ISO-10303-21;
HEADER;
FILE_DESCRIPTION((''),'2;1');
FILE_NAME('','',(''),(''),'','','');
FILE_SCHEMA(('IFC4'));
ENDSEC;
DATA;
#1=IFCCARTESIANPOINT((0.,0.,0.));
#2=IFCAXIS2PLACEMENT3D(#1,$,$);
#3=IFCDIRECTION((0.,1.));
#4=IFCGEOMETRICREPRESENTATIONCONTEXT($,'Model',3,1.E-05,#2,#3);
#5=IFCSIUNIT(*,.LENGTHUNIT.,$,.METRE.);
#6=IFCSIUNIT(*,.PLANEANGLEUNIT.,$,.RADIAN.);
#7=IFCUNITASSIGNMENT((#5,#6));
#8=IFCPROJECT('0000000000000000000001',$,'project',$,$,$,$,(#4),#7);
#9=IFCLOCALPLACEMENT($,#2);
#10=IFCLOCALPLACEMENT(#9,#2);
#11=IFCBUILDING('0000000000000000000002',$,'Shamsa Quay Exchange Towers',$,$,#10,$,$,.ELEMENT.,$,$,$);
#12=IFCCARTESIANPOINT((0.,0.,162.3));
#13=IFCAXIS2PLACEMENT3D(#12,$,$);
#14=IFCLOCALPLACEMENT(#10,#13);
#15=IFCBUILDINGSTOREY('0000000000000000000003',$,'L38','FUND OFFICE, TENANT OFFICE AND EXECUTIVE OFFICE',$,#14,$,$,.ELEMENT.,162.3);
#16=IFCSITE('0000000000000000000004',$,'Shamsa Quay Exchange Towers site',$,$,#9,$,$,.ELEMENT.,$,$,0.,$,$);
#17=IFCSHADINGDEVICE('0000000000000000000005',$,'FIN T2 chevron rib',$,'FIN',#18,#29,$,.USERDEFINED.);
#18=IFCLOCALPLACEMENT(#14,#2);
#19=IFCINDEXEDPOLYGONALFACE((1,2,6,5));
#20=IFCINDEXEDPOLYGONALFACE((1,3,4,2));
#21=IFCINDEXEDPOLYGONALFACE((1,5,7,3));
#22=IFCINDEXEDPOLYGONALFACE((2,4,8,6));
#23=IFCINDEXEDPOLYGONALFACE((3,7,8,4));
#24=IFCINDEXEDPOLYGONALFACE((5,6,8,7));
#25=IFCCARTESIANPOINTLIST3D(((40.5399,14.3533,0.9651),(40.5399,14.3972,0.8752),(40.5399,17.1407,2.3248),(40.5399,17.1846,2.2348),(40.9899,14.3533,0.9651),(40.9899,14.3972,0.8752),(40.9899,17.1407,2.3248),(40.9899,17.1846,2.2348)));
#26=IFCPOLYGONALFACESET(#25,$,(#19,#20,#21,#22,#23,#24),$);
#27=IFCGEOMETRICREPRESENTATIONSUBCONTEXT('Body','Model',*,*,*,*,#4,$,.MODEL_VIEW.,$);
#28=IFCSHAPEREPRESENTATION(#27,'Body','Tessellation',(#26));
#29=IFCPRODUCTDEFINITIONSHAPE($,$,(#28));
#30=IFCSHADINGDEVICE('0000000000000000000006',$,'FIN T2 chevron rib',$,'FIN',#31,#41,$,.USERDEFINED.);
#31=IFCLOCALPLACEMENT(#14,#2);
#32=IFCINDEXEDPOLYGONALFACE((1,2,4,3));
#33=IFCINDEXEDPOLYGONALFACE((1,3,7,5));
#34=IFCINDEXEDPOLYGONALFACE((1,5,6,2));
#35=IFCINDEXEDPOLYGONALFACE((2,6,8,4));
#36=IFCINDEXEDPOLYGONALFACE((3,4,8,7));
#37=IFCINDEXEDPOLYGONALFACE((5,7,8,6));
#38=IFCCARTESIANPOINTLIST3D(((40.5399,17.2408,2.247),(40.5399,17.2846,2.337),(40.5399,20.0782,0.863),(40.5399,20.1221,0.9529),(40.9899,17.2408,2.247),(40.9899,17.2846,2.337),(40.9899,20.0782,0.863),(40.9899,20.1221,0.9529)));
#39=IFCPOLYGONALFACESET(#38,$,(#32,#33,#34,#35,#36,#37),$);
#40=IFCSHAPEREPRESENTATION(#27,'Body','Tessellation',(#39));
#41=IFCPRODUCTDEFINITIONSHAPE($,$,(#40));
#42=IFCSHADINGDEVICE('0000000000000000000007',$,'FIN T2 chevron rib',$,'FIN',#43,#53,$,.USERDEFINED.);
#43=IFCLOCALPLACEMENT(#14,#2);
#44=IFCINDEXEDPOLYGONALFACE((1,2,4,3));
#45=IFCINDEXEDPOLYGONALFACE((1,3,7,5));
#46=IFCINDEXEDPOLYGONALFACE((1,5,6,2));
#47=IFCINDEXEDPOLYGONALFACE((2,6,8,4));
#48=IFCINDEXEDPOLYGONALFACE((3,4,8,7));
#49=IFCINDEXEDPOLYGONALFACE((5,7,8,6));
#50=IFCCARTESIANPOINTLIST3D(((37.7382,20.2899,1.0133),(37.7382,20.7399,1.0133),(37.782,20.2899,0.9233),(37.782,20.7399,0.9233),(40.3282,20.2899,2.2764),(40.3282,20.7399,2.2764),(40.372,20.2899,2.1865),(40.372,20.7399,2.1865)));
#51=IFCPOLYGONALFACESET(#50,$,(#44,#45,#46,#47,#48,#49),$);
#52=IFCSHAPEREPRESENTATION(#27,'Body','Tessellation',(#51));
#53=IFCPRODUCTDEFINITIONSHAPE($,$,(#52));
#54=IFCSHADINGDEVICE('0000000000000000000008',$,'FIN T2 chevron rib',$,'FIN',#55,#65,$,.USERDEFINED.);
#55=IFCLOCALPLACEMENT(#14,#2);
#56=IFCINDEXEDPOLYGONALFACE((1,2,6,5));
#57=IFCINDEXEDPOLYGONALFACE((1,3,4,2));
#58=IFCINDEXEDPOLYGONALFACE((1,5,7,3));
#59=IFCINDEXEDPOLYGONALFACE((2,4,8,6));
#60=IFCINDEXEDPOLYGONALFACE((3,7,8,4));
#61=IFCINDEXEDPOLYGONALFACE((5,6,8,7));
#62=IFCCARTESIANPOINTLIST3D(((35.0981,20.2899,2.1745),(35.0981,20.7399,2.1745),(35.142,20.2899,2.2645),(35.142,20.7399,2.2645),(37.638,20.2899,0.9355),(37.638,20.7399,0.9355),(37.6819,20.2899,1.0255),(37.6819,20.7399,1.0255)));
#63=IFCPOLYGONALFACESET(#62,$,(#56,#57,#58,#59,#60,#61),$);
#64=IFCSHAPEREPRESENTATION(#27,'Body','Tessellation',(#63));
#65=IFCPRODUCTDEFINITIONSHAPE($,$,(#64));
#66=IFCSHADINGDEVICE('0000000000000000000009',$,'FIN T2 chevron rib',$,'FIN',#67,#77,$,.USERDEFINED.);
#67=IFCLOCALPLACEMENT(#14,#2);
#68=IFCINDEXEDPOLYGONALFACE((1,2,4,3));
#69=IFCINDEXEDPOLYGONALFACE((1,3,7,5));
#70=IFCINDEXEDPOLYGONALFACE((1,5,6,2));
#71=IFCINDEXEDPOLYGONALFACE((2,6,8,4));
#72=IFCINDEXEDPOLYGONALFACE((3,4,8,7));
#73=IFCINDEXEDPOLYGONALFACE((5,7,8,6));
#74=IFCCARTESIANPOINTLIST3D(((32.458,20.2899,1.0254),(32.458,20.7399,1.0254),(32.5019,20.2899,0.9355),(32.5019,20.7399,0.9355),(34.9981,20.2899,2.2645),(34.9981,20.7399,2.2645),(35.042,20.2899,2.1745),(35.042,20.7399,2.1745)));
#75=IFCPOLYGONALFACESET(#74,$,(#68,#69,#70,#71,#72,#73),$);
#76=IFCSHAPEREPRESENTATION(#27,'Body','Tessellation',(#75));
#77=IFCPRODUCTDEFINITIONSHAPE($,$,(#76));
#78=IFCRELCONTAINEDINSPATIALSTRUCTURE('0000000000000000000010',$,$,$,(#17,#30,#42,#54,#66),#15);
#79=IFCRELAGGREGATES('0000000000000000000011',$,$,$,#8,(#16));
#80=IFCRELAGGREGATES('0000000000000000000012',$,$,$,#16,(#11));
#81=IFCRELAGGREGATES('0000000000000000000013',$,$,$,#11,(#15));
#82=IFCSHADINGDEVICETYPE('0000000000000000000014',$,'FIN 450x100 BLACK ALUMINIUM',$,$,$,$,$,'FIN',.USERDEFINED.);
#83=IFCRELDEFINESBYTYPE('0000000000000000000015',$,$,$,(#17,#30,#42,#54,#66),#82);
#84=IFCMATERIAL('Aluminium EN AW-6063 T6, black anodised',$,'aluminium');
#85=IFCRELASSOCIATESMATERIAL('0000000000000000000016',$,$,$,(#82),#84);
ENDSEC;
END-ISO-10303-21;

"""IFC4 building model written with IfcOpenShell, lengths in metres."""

from ifc_helpers import new_model, si_unit, direction, frame, origin, origin_2d, place, context, subcontext, project, spatial, rectangle, extrude, material, material_profile, profile_set, type_object, element, save


model = new_model("IFC4")

# Units and contexts
model_context = context("Model", 3, precision=1e-05, world=origin(), true_north=direction((0.0, 1.0)))
body_context = subcontext(model_context, "Body", "Model", "MODEL_VIEW")
ifc_project = project(units=[si_unit("LENGTHUNIT", "METRE"), si_unit("PLANEANGLEUNIT", "RADIAN")], contexts=[model_context])

# Site, building, storey
site_placement = place(None, origin())
site = spatial("IfcSite", under=ifc_project, at=site_placement, Name="Shamsa Quay Exchange Towers site", CompositionType="ELEMENT", RefElevation=0.0)
building_placement = place(site_placement, origin())
building = spatial("IfcBuilding", under=site, at=building_placement, Name="Shamsa Quay Exchange Towers", CompositionType="ELEMENT")
storey_placement = place(building_placement, frame((0.0, 0.0, 162.3)))
storey = spatial("IfcBuildingStorey", under=building, at=storey_placement, Name="L38", Description="FUND OFFICE, TENANT OFFICE AND EXECUTIVE OFFICE", CompositionType="ELEMENT", Elevation=162.3)

# Shared definitions
ifc_material_1 = material(Name="Aluminium EN AW-6063 T6, black anodised", Category="aluminium")

# Shading devices
ifc_material_profile_1 = material_profile(ifc_material_1, rectangle(XDim=0.45, YDim=0.1001, at=origin_2d()), Name="FIN450x100")
ifc_profile_set_1 = profile_set([ifc_material_profile_1], Name="Aluminium EN AW-6063 T6, black anodised")
shading_device_type = type_object("IfcShadingDeviceType", Name="FIN 450x100 BLACK ALUMINIUM", ElementType="FIN", PredefinedType="USERDEFINED", material=ifc_profile_set_1)
shading_device_1_placement = place(storey_placement, frame((40.7649, 14.3752, 0.9202), z_axis=(0.0, 0.898777, 0.438407), x_axis=(-1.0, 0.0, 0.0)))
element("IfcShadingDevice", 1, at=shading_device_1_placement, inside=storey, type_object=shading_device_type, Name="FIN T2 chevron rib", ObjectType="FIN", PredefinedType="USERDEFINED", context=body_context, shape_type="SweptSolid", body=[
    extrude(rectangle(XDim=0.45, YDim=0.1001, at=origin_2d()), origin(), (0.0, 0.0, 1.0), 3.1013),
])
shading_device_2_placement = place(storey_placement, frame((40.7649, 17.2627, 2.292), z_axis=(0.0, 0.898777, -0.438407), x_axis=(-1.0, 0.0, 0.0)))
element("IfcShadingDevice", 2, at=shading_device_2_placement, inside=storey, type_object=shading_device_type, Name="FIN T2 chevron rib", ObjectType="FIN", PredefinedType="USERDEFINED", context=body_context, shape_type="SweptSolid", body=[
    extrude(rectangle(XDim=0.45, YDim=0.1001, at=origin_2d()), origin(), (0.0, 0.0, 1.0), 3.157),
])
shading_device_3_placement = place(storey_placement, frame((40.3501, 20.5149, 2.2314), z_axis=(-0.898806, 0.0, -0.438347), x_axis=(0.0, -1.0, 0.0)))
element("IfcShadingDevice", 3, at=shading_device_3_placement, inside=storey, type_object=shading_device_type, Name="FIN T2 chevron rib", ObjectType="FIN", PredefinedType="USERDEFINED", context=body_context, shape_type="SweptSolid", body=[
    extrude(rectangle(XDim=0.45, YDim=0.1001, at=origin_2d()), origin(), (0.0, 0.0, 1.0), 2.8816),
])
shading_device_4_placement = place(storey_placement, frame((37.6599, 20.5149, 0.9805), z_axis=(-0.898756, 0.0, 0.438449), x_axis=(0.0, -1.0, 0.0)))
element("IfcShadingDevice", 4, at=shading_device_4_placement, inside=storey, type_object=shading_device_type, Name="FIN T2 chevron rib", ObjectType="FIN", PredefinedType="USERDEFINED", context=body_context, shape_type="SweptSolid", body=[
    extrude(rectangle(XDim=0.45, YDim=0.1001, at=origin_2d()), origin(), (0.0, 0.0, 1.0), 2.8259),
])
shading_device_5_placement = place(storey_placement, frame((35.02, 20.5149, 2.2195), z_axis=(-0.898773, 0.0, -0.438415), x_axis=(0.0, -1.0, 0.0)))
element("IfcShadingDevice", 5, at=shading_device_5_placement, inside=storey, type_object=shading_device_type, Name="FIN T2 chevron rib", ObjectType="FIN", PredefinedType="USERDEFINED", context=body_context, shape_type="SweptSolid", body=[
    extrude(rectangle(XDim=0.45, YDim=0.1001, at=origin_2d()), origin(), (0.0, 0.0, 1.0), 2.8262),
])

save(model, "model.ifc")
